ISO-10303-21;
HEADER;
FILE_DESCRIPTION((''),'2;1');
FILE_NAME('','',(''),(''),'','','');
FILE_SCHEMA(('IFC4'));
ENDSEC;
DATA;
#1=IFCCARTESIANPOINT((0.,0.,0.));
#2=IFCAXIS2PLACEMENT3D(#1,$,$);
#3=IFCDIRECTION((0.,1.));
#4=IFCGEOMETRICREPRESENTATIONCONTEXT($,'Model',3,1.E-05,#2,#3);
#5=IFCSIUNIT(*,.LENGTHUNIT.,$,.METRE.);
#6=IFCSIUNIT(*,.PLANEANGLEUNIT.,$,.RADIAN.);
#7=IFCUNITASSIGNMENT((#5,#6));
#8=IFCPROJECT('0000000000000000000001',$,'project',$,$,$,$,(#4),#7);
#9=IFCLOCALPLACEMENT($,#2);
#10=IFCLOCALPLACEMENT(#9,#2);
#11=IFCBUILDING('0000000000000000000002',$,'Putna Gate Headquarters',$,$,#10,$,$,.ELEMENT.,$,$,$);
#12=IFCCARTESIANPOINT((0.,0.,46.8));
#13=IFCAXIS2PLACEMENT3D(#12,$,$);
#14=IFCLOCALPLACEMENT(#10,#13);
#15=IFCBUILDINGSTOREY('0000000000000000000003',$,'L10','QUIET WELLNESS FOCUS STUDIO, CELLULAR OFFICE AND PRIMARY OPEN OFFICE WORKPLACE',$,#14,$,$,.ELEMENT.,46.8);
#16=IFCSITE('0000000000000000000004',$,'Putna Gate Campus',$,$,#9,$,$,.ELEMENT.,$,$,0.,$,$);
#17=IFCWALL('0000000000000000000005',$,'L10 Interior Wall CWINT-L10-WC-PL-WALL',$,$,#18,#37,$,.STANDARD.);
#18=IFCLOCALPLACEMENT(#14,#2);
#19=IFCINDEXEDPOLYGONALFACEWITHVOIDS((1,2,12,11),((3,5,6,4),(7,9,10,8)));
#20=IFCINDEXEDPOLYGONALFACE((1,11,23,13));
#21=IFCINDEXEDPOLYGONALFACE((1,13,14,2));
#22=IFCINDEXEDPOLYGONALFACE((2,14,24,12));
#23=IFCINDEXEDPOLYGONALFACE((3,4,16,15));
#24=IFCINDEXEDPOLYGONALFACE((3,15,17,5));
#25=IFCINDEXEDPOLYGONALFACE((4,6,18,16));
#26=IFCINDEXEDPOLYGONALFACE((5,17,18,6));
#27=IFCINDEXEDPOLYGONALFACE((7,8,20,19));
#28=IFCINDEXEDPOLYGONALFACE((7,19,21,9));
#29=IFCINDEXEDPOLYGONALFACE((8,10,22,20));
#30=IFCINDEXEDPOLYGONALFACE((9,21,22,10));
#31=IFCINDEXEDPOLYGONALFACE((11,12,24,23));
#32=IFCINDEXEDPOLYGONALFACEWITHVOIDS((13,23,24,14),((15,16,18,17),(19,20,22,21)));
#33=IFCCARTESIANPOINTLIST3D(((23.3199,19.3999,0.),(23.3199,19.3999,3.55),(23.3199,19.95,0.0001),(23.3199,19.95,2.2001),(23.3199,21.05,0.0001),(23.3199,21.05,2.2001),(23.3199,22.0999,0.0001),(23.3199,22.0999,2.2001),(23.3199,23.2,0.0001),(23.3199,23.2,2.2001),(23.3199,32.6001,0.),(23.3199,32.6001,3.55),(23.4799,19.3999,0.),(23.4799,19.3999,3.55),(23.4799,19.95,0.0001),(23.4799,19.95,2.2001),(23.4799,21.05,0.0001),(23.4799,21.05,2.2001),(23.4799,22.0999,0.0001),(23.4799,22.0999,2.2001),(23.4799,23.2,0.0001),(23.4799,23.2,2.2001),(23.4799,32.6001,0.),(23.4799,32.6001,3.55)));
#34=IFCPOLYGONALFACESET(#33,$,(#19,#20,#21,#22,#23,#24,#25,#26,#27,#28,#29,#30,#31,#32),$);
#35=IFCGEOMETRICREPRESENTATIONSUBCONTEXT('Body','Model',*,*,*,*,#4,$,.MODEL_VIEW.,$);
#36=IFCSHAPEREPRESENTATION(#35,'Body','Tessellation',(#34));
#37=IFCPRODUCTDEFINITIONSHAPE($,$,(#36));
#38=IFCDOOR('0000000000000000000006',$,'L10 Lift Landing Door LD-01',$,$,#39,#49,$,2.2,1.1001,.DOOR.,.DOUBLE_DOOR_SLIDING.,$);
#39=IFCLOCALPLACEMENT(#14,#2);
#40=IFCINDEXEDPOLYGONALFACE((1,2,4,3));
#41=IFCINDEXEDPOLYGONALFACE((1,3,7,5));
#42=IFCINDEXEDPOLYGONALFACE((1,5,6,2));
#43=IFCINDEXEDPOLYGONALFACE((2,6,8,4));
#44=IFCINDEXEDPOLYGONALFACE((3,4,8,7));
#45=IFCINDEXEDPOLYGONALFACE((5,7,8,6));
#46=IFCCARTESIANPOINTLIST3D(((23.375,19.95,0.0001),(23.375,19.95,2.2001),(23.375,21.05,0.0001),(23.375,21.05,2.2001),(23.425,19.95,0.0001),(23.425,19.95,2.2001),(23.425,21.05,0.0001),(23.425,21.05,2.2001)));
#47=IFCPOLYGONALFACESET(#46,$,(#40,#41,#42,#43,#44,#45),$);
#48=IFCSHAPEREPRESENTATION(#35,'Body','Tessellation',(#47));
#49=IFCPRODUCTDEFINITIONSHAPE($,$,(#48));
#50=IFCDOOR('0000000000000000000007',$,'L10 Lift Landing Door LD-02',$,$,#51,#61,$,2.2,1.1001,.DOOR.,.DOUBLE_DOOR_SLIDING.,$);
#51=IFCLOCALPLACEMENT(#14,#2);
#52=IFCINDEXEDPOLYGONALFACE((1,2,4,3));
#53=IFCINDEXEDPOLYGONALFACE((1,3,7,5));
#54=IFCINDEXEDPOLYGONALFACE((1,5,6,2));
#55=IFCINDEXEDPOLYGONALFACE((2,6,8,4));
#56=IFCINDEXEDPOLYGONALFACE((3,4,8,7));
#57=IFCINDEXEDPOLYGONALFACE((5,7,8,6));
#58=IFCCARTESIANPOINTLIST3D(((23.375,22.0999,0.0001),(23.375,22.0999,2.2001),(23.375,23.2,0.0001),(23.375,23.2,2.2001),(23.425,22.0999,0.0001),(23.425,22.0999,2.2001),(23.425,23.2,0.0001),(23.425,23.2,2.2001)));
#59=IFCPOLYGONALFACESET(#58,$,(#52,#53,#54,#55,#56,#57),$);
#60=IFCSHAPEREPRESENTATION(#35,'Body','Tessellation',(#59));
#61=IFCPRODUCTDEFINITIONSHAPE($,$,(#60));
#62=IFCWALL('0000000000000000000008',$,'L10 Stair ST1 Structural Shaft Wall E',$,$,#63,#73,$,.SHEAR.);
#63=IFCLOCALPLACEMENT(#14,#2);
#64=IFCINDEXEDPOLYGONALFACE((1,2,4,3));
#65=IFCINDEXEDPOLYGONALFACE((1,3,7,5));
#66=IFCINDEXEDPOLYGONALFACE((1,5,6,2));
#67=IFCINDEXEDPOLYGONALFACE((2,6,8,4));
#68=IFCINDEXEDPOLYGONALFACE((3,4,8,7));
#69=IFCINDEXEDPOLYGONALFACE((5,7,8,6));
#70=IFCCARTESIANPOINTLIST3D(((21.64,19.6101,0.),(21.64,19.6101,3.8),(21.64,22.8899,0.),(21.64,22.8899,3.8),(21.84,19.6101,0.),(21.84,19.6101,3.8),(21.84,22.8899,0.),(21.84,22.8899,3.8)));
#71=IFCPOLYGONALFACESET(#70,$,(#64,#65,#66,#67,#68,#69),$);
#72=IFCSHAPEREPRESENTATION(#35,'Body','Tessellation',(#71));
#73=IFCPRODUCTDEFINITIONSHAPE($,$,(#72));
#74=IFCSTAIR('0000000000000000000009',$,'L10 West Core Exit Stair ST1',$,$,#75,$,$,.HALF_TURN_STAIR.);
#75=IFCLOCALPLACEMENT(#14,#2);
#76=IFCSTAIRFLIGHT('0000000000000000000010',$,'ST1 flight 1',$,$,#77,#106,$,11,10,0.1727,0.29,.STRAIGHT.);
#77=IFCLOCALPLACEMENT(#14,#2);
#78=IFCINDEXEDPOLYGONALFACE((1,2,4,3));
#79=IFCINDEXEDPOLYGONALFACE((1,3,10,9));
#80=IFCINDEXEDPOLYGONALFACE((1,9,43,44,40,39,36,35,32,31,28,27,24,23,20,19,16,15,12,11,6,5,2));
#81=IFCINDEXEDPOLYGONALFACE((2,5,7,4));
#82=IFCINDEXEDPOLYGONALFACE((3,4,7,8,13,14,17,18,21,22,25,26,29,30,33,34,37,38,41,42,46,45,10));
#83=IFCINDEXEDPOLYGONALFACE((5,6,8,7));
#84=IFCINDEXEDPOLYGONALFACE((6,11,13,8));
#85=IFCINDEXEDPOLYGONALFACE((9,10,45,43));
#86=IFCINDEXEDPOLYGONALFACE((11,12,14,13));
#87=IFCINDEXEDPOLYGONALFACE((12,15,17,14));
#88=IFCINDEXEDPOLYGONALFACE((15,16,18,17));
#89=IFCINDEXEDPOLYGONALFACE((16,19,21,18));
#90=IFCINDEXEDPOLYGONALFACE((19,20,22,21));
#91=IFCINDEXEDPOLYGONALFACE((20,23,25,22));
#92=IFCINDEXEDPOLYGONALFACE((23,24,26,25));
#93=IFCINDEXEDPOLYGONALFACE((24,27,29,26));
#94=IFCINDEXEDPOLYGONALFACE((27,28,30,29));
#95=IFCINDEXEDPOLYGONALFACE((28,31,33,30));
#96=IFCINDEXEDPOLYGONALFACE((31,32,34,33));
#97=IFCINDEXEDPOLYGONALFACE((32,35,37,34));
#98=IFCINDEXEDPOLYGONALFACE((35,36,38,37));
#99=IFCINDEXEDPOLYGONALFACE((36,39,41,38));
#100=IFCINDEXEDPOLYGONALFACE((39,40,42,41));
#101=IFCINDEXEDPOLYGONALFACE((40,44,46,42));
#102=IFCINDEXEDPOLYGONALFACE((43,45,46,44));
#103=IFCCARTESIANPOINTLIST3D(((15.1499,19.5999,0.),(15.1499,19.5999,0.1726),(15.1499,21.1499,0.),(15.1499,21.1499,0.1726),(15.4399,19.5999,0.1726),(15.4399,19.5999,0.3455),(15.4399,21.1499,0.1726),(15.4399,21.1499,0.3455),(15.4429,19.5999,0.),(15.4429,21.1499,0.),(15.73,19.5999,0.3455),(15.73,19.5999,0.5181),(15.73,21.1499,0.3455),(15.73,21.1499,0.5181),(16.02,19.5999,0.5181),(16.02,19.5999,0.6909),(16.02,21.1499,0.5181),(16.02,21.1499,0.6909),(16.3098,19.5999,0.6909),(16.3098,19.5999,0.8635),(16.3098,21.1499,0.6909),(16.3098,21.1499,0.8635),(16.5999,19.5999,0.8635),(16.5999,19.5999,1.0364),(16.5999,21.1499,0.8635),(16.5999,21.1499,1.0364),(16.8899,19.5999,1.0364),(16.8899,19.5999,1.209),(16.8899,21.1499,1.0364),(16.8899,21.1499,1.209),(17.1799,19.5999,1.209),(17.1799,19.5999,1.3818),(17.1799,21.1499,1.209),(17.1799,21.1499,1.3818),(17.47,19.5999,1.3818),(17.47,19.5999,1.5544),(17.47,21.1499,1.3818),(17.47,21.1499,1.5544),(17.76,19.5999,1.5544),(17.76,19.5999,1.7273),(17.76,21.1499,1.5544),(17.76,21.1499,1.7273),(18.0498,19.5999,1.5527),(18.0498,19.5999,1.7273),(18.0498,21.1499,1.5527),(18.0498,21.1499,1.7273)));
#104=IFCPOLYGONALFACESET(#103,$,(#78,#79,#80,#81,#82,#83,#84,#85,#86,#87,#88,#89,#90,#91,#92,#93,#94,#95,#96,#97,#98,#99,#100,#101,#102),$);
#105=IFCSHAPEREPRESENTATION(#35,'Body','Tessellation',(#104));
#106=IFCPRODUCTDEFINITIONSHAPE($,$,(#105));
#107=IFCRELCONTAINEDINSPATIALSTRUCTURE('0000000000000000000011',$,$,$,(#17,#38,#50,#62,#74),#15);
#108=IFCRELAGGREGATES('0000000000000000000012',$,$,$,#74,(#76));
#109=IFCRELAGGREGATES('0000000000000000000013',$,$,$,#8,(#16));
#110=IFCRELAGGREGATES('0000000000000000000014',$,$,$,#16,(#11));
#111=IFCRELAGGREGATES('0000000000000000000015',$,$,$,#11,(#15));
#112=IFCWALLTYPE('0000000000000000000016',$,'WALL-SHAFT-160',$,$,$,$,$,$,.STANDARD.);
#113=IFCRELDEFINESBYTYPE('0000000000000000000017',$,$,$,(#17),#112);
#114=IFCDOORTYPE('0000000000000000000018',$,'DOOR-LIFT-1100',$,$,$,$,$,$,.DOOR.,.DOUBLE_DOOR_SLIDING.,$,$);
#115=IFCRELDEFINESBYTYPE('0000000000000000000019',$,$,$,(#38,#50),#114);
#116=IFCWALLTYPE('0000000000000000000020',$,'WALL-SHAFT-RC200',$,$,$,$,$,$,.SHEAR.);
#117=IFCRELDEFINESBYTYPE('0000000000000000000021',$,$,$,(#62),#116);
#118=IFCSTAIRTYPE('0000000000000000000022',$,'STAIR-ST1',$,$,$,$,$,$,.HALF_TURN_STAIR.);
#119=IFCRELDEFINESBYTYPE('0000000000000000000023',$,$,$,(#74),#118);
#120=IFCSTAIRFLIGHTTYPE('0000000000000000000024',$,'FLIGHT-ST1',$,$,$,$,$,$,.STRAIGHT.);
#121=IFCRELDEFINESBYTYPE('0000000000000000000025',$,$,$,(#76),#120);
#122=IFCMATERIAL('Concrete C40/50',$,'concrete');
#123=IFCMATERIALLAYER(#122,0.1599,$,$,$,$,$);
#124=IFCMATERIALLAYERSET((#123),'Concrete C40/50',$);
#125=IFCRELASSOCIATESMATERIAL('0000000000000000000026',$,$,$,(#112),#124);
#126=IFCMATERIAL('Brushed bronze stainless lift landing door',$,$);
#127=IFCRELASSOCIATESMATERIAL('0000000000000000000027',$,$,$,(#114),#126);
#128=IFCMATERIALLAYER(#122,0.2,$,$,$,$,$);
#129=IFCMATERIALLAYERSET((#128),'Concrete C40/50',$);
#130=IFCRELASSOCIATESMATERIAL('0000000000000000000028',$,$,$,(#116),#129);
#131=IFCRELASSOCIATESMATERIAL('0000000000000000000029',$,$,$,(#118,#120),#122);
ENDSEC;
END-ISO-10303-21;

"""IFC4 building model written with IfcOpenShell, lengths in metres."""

from ifc_helpers import new_model, si_unit, direction, frame, frame_2d, origin, place, context, subcontext, project, spatial, polyline, rectangle, outline, extrude, material, layer, layer_set, type_object, element, fill, aggregate, save


model = new_model("IFC4")

# Units and contexts
model_context = context("Model", 3, precision=1e-05, world=origin(), true_north=direction((0.0, 1.0)))
body_context = subcontext(model_context, "Body", "Model", "MODEL_VIEW")
ifc_project = project(units=[si_unit("LENGTHUNIT", "METRE"), si_unit("PLANEANGLEUNIT", "RADIAN")], contexts=[model_context])

# Site, building, storey
site_placement = place(None, origin())
site = spatial("IfcSite", under=ifc_project, at=site_placement, Name="Putna Gate Campus", CompositionType="ELEMENT", RefElevation=0.0)
building_placement = place(site_placement, origin())
building = spatial("IfcBuilding", under=site, at=building_placement, Name="Putna Gate Headquarters", CompositionType="ELEMENT")
storey_placement = place(building_placement, frame((0.0, 0.0, 46.8)))
storey = spatial("IfcBuildingStorey", under=building, at=storey_placement, Name="L10", Description="QUIET WELLNESS FOCUS STUDIO, CELLULAR OFFICE AND PRIMARY OPEN OFFICE WORKPLACE", CompositionType="ELEMENT", Elevation=46.8)

# Wall, openings, doors
ifc_material_1 = material(Name="Concrete C40/50", Category="concrete")
ifc_layer_1 = layer(ifc_material_1, 0.1599)
ifc_layer_set_1 = layer_set([ifc_layer_1], Name="Concrete C40/50")
wall_type_1 = type_object("IfcWallType", Name="WALL-SHAFT-160", PredefinedType="STANDARD", material=ifc_layer_set_1)
wall_1_placement = place(storey_placement, frame((23.3999, 19.3999, 0.0), z_axis=(0.0, 0.0, 1.0), x_axis=(0.0, 1.0, 0.0)))
wall_1 = element("IfcWall", 1, at=wall_1_placement, inside=storey, type_object=wall_type_1, Name="L10 Interior Wall CWINT-L10-WC-PL-WALL", PredefinedType="STANDARD", context=body_context, shape_type="SweptSolid", body=[
    extrude(rectangle(XDim=13.2002, YDim=0.1599, at=frame_2d((6.6001, 0.0))), origin(), (0.0, 0.0, 1.0), 3.55),
])
opening_1_placement = place(wall_1_placement, frame((0.55, 0.0, 0.0)))
opening_1 = element("IfcOpeningElement", 2, at=opening_1_placement, cuts=wall_1, PredefinedType="OPENING", context=body_context, shape_type="SweptSolid", body=[
    extrude(rectangle(XDim=1.1001, YDim=2.2, at=frame_2d((0.55, 1.1001))), frame((0.0, 0.0898, 0.0), z_axis=(0.0, -1.0, 0.0), x_axis=(1.0, 0.0, 0.0)), (0.0, 0.0, 1.0), 0.1799),
])
opening_2_placement = place(wall_1_placement, frame((2.7, 0.0, 0.0)))
opening_2 = element("IfcOpeningElement", 3, at=opening_2_placement, cuts=wall_1, PredefinedType="OPENING", context=body_context, shape_type="SweptSolid", body=[
    extrude(rectangle(XDim=1.1001, YDim=2.2, at=frame_2d((0.55, 1.1001))), frame((0.0, 0.0898, 0.0), z_axis=(0.0, -1.0, 0.0), x_axis=(1.0, 0.0, 0.0)), (0.0, 0.0, 1.0), 0.1799),
])
ifc_material_2 = material(Name="Brushed bronze stainless lift landing door")
door_type_1 = type_object("IfcDoorType", Name="DOOR-LIFT-1100", OperationType="DOUBLE_DOOR_SLIDING", PredefinedType="DOOR", material=ifc_material_2)
door_1_placement = place(opening_1_placement, origin())
door_1 = element("IfcDoor", 4, at=door_1_placement, inside=storey, type_object=door_type_1, Name="L10 Lift Landing Door LD-01", OperationType="DOUBLE_DOOR_SLIDING", OverallHeight=2.2, OverallWidth=1.1001, PredefinedType="DOOR", context=body_context, shape_type="SweptSolid", body=[
    extrude(rectangle(XDim=1.1001, YDim=2.2, at=frame_2d((0.55, 1.1001))), frame((0.0, 0.0249, 0.0), z_axis=(0.0, -1.0, 0.0), x_axis=(1.0, 0.0, 0.0)), (0.0, 0.0, 1.0), 0.05),
])
fill(opening_1, door_1)
door_2_placement = place(opening_2_placement, origin())
door_2 = element("IfcDoor", 5, at=door_2_placement, inside=storey, type_object=door_type_1, Name="L10 Lift Landing Door LD-02", OperationType="DOUBLE_DOOR_SLIDING", OverallHeight=2.2, OverallWidth=1.1001, PredefinedType="DOOR", context=body_context, shape_type="SweptSolid", body=[
    extrude(rectangle(XDim=1.1001, YDim=2.2, at=frame_2d((0.55, 1.1001))), frame((0.0, 0.0249, 0.0), z_axis=(0.0, -1.0, 0.0), x_axis=(1.0, 0.0, 0.0)), (0.0, 0.0, 1.0), 0.05),
])
fill(opening_2, door_2)

# Wall
ifc_layer_2 = layer(ifc_material_1, 0.2)
ifc_layer_set_2 = layer_set([ifc_layer_2], Name="Concrete C40/50")
wall_type_2 = type_object("IfcWallType", Name="WALL-SHAFT-RC200", PredefinedType="SHEAR", material=ifc_layer_set_2)
wall_2_placement = place(storey_placement, frame((21.74, 19.6101, 0.0), z_axis=(0.0, 0.0, 1.0), x_axis=(0.0, 1.0, 0.0)))
element("IfcWall", 6, at=wall_2_placement, inside=storey, type_object=wall_type_2, Name="L10 Stair ST1 Structural Shaft Wall E", PredefinedType="SHEAR", context=body_context, shape_type="SweptSolid", body=[
    extrude(rectangle(XDim=3.2798, YDim=0.2, at=frame_2d((1.6399, 0.0))), origin(), (0.0, 0.0, 1.0), 3.8),
])

# Stair, stair flight
stair_type = type_object("IfcStairType", Name="STAIR-ST1", PredefinedType="HALF_TURN_STAIR", material=ifc_material_1)
stair_placement = place(storey_placement, origin())
stair = element("IfcStair", 7, at=stair_placement, inside=storey, type_object=stair_type, Name="L10 West Core Exit Stair ST1", PredefinedType="HALF_TURN_STAIR")
stair_flight_type = type_object("IfcStairFlightType", Name="FLIGHT-ST1", PredefinedType="STRAIGHT", material=ifc_material_1)
stair_flight_placement = place(storey_placement, frame((15.1499, 20.375, 0.0), z_axis=(0.0, 0.0, 1.0), x_axis=(1.0, 0.0, 0.0)))
stair_flight = element("IfcStairFlight", 8, at=stair_flight_placement, type_object=stair_flight_type, Name="ST1 flight 1", NumberOfRisers=11, NumberOfTreads=10, PredefinedType="STRAIGHT", RiserHeight=0.1727, TreadLength=0.29, context=body_context, shape_type="SweptSolid", body=[
    extrude(outline(polyline([(0.0, 0.0), (0.0, 0.1726), (0.29, 0.1726), (0.29, 0.3455), (0.5801, 0.3455), (0.5801, 0.5181), (0.8701, 0.5181), (0.8701, 0.6909), (1.1599, 0.6909), (1.1599, 0.8635), (1.45, 0.8635), (1.45, 1.0364), (1.74, 1.0364), (1.74, 1.209), (2.03, 1.209), (2.03, 1.3818), (2.3201, 1.3818), (2.3201, 1.5544), (2.6101, 1.5544), (2.6101, 1.7273), (2.8999, 1.7273), (2.8999, 1.8999), (2.8999, 1.5527), (0.293, 0.0), (0.0, 0.0)])), frame((0.0, 0.7749, 0.0), z_axis=(0.0, -1.0, 0.0), x_axis=(1.0, 0.0, 0.0)), (0.0, 0.0, 1.0), 1.55),
])
aggregate(stair, [stair_flight])

save(model, "model.ifc")
